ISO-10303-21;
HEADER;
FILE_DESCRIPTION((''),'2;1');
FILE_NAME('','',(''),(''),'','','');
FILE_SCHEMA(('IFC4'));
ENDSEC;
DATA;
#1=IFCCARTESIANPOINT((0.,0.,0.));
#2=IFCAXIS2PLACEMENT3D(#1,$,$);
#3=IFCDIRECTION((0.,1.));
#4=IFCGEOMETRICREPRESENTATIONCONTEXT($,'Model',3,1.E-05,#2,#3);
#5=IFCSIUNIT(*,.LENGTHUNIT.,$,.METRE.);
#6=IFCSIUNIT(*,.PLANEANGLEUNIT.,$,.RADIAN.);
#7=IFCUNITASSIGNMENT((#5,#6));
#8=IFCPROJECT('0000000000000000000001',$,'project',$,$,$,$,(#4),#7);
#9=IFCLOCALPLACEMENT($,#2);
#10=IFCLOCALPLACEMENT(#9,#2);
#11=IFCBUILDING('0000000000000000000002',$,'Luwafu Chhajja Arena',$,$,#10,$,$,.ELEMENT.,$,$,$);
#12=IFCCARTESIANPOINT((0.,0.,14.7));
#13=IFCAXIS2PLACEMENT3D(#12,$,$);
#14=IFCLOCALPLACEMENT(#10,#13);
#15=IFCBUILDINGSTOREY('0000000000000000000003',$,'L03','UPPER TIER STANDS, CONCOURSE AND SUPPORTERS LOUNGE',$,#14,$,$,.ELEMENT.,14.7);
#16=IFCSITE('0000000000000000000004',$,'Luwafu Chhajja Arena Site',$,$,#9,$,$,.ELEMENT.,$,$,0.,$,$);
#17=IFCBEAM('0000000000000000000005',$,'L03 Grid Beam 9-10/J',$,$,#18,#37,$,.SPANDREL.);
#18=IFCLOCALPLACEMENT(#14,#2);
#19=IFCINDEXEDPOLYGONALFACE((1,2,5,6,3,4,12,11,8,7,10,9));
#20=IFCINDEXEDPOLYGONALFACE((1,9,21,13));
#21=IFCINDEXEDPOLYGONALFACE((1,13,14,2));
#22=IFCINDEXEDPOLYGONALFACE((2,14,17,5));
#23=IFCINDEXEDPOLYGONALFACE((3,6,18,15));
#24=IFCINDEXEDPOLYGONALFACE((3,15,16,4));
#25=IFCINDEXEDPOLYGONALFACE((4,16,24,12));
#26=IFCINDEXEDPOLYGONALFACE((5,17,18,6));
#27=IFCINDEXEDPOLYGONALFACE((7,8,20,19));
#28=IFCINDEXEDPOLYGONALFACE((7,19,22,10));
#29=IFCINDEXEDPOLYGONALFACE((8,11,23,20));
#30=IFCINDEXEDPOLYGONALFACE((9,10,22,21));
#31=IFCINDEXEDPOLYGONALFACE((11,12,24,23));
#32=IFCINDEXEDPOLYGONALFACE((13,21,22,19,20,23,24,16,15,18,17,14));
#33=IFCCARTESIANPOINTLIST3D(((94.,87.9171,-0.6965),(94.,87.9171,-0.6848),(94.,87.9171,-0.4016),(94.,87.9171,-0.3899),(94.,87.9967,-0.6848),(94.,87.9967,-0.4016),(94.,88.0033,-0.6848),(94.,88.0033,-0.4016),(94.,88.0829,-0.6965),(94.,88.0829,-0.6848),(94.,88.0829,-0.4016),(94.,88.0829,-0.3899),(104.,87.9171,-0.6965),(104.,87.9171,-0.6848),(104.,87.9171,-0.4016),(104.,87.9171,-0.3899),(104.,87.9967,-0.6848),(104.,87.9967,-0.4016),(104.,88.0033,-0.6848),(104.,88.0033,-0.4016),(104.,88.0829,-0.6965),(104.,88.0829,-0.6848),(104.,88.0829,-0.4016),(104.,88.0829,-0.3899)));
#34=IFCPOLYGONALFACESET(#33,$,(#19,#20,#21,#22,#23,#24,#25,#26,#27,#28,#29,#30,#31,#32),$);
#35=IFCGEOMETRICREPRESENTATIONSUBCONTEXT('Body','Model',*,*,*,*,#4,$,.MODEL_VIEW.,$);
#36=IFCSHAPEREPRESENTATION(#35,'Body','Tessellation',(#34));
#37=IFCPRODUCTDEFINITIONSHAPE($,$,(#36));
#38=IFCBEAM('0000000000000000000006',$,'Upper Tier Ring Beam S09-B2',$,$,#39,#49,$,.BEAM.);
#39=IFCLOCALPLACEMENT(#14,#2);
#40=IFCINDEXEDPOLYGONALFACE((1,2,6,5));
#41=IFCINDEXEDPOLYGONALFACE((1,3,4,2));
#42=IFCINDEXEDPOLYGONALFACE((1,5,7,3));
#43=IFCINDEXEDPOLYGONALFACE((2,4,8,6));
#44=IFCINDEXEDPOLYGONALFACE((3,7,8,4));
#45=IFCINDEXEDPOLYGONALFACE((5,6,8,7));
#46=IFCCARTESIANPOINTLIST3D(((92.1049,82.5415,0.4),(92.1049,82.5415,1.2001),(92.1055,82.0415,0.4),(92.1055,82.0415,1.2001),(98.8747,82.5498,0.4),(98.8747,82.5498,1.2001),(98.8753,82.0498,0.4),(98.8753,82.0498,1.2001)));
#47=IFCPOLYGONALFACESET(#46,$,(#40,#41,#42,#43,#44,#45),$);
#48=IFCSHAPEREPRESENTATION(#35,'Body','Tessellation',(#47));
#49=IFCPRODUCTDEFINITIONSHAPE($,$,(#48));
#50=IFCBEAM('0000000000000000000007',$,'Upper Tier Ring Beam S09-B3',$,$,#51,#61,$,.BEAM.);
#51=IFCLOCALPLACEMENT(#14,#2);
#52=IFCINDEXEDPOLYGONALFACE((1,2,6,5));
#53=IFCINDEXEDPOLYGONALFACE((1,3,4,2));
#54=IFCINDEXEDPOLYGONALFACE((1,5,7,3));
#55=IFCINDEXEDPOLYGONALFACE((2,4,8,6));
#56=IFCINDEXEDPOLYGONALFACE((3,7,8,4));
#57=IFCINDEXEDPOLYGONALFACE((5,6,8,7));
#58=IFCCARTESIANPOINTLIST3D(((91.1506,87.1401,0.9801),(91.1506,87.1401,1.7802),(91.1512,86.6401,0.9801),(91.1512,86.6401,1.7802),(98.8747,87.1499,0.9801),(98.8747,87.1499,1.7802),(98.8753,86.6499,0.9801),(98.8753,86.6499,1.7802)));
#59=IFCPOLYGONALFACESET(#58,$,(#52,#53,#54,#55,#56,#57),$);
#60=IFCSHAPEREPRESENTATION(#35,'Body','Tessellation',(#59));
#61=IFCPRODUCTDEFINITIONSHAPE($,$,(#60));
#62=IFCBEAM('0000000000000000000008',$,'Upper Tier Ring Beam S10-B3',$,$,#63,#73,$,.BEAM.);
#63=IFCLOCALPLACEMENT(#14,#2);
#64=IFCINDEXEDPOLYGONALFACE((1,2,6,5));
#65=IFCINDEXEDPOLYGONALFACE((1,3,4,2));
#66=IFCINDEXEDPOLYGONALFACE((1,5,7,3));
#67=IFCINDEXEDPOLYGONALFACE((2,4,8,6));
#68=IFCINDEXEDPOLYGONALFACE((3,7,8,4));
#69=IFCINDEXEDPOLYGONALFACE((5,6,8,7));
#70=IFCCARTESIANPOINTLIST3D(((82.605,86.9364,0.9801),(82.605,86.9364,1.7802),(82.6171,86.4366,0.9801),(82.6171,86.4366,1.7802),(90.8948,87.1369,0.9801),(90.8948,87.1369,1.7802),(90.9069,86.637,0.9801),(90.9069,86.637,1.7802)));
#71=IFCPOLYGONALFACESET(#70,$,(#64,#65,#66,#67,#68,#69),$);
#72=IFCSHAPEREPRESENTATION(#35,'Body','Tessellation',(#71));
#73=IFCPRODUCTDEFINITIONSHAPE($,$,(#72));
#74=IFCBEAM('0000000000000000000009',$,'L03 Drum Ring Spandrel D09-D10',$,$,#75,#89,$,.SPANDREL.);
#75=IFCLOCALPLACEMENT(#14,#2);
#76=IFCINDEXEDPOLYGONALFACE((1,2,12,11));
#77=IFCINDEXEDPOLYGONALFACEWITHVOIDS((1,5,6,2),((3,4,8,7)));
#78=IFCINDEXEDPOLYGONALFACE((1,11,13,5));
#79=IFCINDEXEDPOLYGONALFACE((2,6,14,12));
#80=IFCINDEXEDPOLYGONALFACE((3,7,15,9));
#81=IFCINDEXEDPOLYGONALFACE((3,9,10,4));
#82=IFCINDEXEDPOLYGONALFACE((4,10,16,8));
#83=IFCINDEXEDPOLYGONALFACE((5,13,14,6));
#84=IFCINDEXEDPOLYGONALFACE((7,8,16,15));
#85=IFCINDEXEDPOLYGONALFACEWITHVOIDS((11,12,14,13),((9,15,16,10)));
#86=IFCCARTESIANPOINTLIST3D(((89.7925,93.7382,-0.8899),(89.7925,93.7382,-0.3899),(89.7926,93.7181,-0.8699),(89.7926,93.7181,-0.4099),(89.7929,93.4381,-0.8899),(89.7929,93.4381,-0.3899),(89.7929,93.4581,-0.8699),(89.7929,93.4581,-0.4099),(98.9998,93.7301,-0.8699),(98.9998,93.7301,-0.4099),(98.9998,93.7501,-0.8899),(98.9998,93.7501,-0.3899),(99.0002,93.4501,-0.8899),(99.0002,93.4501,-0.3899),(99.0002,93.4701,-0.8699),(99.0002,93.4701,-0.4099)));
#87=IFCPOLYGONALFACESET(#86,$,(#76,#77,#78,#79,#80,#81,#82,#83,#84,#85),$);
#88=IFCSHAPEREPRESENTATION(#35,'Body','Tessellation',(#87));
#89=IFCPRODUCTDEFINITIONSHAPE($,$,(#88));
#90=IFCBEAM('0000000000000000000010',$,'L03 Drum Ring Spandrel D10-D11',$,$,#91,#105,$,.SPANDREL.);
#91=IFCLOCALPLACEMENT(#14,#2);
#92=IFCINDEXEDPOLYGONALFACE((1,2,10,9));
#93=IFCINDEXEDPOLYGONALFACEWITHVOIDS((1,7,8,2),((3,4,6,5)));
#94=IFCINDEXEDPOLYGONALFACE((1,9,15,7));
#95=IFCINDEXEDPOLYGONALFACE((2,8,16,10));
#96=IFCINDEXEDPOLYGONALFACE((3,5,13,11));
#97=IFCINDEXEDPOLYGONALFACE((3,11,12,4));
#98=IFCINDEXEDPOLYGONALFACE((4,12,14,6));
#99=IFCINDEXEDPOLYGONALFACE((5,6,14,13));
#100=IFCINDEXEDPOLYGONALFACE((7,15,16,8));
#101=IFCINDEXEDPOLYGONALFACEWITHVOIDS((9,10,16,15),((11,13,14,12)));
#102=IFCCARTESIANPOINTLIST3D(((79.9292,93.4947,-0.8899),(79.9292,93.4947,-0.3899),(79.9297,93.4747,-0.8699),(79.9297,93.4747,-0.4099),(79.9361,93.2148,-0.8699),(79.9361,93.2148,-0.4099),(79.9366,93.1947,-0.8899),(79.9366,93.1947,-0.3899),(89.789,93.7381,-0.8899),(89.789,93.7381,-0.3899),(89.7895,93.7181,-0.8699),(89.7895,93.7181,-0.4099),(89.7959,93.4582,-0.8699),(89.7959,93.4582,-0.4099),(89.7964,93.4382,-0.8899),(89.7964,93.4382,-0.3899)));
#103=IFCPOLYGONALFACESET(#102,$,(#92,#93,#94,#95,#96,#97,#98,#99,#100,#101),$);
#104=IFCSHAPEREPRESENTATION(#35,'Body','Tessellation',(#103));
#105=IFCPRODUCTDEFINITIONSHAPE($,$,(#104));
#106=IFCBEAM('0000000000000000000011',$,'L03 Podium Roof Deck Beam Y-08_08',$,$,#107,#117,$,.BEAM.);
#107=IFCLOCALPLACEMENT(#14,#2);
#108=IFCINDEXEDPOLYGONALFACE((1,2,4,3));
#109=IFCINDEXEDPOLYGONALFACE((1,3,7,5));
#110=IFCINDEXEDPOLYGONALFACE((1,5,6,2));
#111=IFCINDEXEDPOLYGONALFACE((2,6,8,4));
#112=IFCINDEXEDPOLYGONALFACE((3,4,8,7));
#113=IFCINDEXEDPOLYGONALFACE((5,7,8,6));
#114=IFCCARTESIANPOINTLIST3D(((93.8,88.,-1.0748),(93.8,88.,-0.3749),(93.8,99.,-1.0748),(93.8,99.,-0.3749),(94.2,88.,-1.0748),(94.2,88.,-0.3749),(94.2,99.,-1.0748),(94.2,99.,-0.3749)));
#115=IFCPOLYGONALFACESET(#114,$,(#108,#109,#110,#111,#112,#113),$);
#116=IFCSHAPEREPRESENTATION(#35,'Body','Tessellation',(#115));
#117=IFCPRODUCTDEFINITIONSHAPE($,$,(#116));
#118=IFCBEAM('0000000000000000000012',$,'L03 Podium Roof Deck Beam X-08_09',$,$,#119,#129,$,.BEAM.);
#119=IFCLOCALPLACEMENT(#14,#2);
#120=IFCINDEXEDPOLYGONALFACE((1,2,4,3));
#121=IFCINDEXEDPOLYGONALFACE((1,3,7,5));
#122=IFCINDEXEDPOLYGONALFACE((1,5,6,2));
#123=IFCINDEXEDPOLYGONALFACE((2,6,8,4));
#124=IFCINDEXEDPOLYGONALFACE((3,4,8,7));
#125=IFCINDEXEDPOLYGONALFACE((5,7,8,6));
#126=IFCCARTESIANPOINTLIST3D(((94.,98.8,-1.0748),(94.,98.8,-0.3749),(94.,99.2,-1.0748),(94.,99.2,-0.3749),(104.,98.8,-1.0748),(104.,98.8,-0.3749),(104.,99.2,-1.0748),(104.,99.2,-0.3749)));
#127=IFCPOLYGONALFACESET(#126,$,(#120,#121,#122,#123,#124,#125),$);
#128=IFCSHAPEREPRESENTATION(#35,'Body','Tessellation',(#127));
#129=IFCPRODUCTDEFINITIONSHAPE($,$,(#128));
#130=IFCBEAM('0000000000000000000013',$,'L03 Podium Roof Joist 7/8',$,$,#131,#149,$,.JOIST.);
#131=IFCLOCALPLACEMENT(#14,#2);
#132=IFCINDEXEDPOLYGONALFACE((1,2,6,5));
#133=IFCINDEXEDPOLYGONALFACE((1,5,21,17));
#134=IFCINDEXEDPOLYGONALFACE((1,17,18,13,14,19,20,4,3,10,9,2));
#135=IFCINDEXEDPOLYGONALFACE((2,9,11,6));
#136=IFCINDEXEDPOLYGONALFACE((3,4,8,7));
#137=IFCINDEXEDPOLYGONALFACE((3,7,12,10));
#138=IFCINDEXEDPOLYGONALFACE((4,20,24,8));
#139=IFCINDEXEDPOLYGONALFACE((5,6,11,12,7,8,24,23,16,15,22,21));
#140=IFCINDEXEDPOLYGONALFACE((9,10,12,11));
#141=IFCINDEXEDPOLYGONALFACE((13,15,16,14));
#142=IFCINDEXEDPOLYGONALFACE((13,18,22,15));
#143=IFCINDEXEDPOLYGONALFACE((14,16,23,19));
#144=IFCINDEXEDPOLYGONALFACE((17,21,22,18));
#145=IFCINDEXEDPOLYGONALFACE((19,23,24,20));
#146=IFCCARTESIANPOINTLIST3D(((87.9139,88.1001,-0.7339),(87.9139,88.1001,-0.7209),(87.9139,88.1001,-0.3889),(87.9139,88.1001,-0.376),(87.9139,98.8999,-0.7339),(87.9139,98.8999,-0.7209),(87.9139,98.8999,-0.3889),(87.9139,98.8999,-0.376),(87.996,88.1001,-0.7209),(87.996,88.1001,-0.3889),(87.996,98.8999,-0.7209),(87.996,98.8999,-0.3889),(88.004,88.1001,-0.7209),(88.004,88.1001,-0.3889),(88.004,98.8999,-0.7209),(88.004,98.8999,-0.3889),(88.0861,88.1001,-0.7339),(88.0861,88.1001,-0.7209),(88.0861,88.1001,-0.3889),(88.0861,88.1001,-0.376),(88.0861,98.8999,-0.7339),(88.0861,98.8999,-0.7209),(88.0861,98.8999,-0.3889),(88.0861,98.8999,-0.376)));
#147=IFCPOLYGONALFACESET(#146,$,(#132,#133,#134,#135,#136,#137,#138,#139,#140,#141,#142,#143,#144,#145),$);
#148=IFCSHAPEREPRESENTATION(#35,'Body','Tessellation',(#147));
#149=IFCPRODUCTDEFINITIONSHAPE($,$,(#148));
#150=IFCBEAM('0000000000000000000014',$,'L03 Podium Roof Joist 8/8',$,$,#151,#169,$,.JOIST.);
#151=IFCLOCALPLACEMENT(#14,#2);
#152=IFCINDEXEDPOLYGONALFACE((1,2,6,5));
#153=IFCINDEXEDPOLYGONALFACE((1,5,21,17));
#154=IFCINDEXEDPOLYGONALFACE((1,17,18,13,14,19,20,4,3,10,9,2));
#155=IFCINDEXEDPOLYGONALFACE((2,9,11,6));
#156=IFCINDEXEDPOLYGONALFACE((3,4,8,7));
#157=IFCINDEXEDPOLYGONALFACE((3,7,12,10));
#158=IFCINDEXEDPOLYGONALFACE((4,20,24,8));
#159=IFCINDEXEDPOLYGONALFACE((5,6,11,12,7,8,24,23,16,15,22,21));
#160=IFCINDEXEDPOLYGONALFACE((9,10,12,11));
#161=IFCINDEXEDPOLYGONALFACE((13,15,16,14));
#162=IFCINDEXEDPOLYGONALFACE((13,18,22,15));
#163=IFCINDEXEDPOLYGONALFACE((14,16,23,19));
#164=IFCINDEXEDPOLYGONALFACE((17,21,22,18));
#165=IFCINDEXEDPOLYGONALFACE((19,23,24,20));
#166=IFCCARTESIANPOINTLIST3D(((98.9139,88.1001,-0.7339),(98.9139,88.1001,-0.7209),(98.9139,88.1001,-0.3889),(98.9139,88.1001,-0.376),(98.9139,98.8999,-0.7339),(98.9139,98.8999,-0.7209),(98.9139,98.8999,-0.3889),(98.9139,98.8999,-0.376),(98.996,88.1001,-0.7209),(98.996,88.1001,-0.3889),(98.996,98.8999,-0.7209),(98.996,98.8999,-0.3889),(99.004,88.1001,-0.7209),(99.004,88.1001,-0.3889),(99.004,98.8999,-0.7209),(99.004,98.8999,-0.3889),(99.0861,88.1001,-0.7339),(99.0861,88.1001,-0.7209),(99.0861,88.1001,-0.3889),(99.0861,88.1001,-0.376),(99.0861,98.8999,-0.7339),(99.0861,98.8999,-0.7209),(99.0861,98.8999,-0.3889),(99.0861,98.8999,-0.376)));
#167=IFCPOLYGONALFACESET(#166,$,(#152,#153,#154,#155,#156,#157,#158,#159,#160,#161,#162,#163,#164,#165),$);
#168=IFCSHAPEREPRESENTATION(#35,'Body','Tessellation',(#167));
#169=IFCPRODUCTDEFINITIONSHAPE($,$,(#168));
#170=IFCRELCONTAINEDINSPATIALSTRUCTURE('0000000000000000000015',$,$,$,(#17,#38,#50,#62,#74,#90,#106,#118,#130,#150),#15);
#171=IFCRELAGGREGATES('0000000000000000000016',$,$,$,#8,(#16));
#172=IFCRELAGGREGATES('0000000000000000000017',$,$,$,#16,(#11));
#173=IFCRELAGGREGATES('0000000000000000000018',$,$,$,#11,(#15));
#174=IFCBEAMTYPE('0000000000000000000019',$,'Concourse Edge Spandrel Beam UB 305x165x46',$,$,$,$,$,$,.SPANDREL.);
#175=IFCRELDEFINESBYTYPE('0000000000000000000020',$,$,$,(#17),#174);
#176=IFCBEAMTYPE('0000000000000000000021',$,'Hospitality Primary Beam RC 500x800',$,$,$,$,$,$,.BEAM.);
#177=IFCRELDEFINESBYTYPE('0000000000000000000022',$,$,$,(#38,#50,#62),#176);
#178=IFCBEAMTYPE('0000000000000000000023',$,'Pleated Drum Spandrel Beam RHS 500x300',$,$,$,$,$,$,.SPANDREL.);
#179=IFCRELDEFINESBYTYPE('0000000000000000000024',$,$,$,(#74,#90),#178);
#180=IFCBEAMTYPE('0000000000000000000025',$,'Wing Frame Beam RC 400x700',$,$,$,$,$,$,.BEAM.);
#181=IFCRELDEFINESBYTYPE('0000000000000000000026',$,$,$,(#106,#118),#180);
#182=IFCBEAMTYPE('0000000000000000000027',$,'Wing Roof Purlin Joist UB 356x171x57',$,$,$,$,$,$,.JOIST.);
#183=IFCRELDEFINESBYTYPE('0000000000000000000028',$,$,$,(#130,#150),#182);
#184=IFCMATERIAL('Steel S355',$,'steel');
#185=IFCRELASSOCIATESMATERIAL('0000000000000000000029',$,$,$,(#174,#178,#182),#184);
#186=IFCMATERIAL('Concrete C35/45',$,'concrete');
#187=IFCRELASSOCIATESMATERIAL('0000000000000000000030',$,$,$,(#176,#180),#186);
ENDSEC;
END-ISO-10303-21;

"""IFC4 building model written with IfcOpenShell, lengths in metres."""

from ifc_helpers import new_model, si_unit, direction, frame, origin, origin_2d, place, context, subcontext, project, spatial, rectangle, hollow_rectangle, i_section, extrude, material, material_profile, profile_set, type_object, element, save


model = new_model("IFC4")

# Units and contexts
model_context = context("Model", 3, precision=1e-05, world=origin(), true_north=direction((0.0, 1.0)))
body_context = subcontext(model_context, "Body", "Model", "MODEL_VIEW")
ifc_project = project(units=[si_unit("LENGTHUNIT", "METRE"), si_unit("PLANEANGLEUNIT", "RADIAN")], contexts=[model_context])

# Site, building, storey
site_placement = place(None, origin())
site = spatial("IfcSite", under=ifc_project, at=site_placement, Name="Luwafu Chhajja Arena Site", CompositionType="ELEMENT", RefElevation=0.0)
building_placement = place(site_placement, origin())
building = spatial("IfcBuilding", under=site, at=building_placement, Name="Luwafu Chhajja Arena", CompositionType="ELEMENT")
storey_placement = place(building_placement, frame((0.0, 0.0, 14.7)))
storey = spatial("IfcBuildingStorey", under=building, at=storey_placement, Name="L03", Description="UPPER TIER STANDS, CONCOURSE AND SUPPORTERS LOUNGE", CompositionType="ELEMENT", Elevation=14.7)

# Shared definitions
ifc_material_1 = material(Name="Concrete C35/45", Category="concrete")
ifc_material_2 = material(Name="Steel S355", Category="steel")

# Beams
ifc_material_profile_1 = material_profile(ifc_material_2, i_section(OverallWidth=0.1658, OverallDepth=0.3066, WebThickness=0.0066, FlangeThickness=0.0117, at=origin_2d()), Name="UB 305x165x46")
ifc_profile_set_1 = profile_set([ifc_material_profile_1], Name="Steel S355")
beam_type_1 = type_object("IfcBeamType", Name="Concourse Edge Spandrel Beam UB 305x165x46", PredefinedType="SPANDREL", material=ifc_profile_set_1)
beam_1_placement = place(storey_placement, frame((94.0, 88.0, -0.5432), z_axis=(1.0, 0.0, 0.0), x_axis=(0.0, 1.0, 0.0)))
element("IfcBeam", 1, at=beam_1_placement, inside=storey, type_object=beam_type_1, Name="L03 Grid Beam 9-10/J", PredefinedType="SPANDREL", context=body_context, shape_type="SweptSolid", body=[
    extrude(i_section(OverallWidth=0.1658, OverallDepth=0.3066, WebThickness=0.0066, FlangeThickness=0.0117, at=origin_2d()), origin(), (0.0, 0.0, 1.0), 10.0),
])
ifc_material_profile_2 = material_profile(ifc_material_1, rectangle(XDim=0.5, YDim=0.8, at=origin_2d()), Name="RC 500x800")
ifc_profile_set_2 = profile_set([ifc_material_profile_2], Name="Concrete C35/45")
beam_type_2 = type_object("IfcBeamType", Name="Hospitality Primary Beam RC 500x800", PredefinedType="BEAM", material=ifc_profile_set_2)
beam_2_placement = place(storey_placement, frame((98.875, 82.2998, 0.8), z_axis=(-0.999999, -0.001226, 0.0), x_axis=(0.001226, -0.999999, 0.0)))
element("IfcBeam", 2, at=beam_2_placement, inside=storey, type_object=beam_type_2, Name="Upper Tier Ring Beam S09-B2", PredefinedType="BEAM", context=body_context, shape_type="SweptSolid", body=[
    extrude(rectangle(XDim=0.5, YDim=0.8, at=origin_2d()), origin(), (0.0, 0.0, 1.0), 6.7698),
])
beam_3_placement = place(storey_placement, frame((98.875, 86.8999, 1.3801), z_axis=(-0.999999, -0.001264, 0.0), x_axis=(0.001264, -0.999999, 0.0)))
element("IfcBeam", 3, at=beam_3_placement, inside=storey, type_object=beam_type_2, Name="Upper Tier Ring Beam S09-B3", PredefinedType="BEAM", context=body_context, shape_type="SweptSolid", body=[
    extrude(rectangle(XDim=0.5, YDim=0.8, at=origin_2d()), origin(), (0.0, 0.0, 1.0), 7.7241),
])
beam_4_placement = place(storey_placement, frame((90.9009, 86.887, 1.3801), z_axis=(-0.999708, -0.024172, 0.0), x_axis=(0.024172, -0.999708, 0.0)))
element("IfcBeam", 4, at=beam_4_placement, inside=storey, type_object=beam_type_2, Name="Upper Tier Ring Beam S10-B3", PredefinedType="BEAM", context=body_context, shape_type="SweptSolid", body=[
    extrude(rectangle(XDim=0.5, YDim=0.8, at=origin_2d()), origin(), (0.0, 0.0, 1.0), 8.2922),
])
ifc_material_profile_3 = material_profile(ifc_material_2, hollow_rectangle(XDim=0.3, YDim=0.5, WallThickness=0.02, at=origin_2d()), Name="RHS 500x300x20")
ifc_profile_set_3 = profile_set([ifc_material_profile_3], Name="Steel S355")
beam_type_3 = type_object("IfcBeamType", Name="Pleated Drum Spandrel Beam RHS 500x300", PredefinedType="SPANDREL", material=ifc_profile_set_3)
beam_5_placement = place(storey_placement, frame((99.0, 93.6001, -0.6399), z_axis=(-0.999999, -0.001299, 0.0), x_axis=(0.001299, -0.999999, 0.0)))
element("IfcBeam", 5, at=beam_5_placement, inside=storey, type_object=beam_type_3, Name="L03 Drum Ring Spandrel D09-D10", PredefinedType="SPANDREL", context=body_context, shape_type="SweptSolid", body=[
    extrude(hollow_rectangle(XDim=0.3, YDim=0.5, WallThickness=0.02, at=origin_2d()), origin(), (0.0, 0.0, 1.0), 9.2073),
])
beam_6_placement = place(storey_placement, frame((89.7927, 93.5881, -0.6399), z_axis=(-0.999695, -0.024679, 0.0), x_axis=(0.024679, -0.999695, 0.0)))
element("IfcBeam", 6, at=beam_6_placement, inside=storey, type_object=beam_type_3, Name="L03 Drum Ring Spandrel D10-D11", PredefinedType="SPANDREL", context=body_context, shape_type="SweptSolid", body=[
    extrude(hollow_rectangle(XDim=0.3, YDim=0.5, WallThickness=0.02, at=origin_2d()), origin(), (0.0, 0.0, 1.0), 9.8628),
])
ifc_material_profile_4 = material_profile(ifc_material_1, rectangle(XDim=0.3999, YDim=0.7, at=origin_2d()), Name="RC 400x700")
ifc_profile_set_4 = profile_set([ifc_material_profile_4], Name="Concrete C35/45")
beam_type_4 = type_object("IfcBeamType", Name="Wing Frame Beam RC 400x700", PredefinedType="BEAM", material=ifc_profile_set_4)
beam_7_placement = place(storey_placement, frame((94.0, 88.0, -0.7249), z_axis=(0.0, 1.0, 0.0), x_axis=(-1.0, 0.0, 0.0)))
element("IfcBeam", 7, at=beam_7_placement, inside=storey, type_object=beam_type_4, Name="L03 Podium Roof Deck Beam Y-08_08", PredefinedType="BEAM", context=body_context, shape_type="SweptSolid", body=[
    extrude(rectangle(XDim=0.3999, YDim=0.7, at=origin_2d()), origin(), (0.0, 0.0, 1.0), 11.0),
])
beam_8_placement = place(storey_placement, frame((94.0, 99.0, -0.7249), z_axis=(1.0, 0.0, 0.0), x_axis=(0.0, 1.0, 0.0)))
element("IfcBeam", 8, at=beam_8_placement, inside=storey, type_object=beam_type_4, Name="L03 Podium Roof Deck Beam X-08_09", PredefinedType="BEAM", context=body_context, shape_type="SweptSolid", body=[
    extrude(rectangle(XDim=0.3999, YDim=0.7, at=origin_2d()), origin(), (0.0, 0.0, 1.0), 10.0),
])
ifc_material_profile_5 = material_profile(ifc_material_2, i_section(OverallWidth=0.1721, OverallDepth=0.3579, WebThickness=0.0081, FlangeThickness=0.0129, at=origin_2d()), Name="UB 356x171x57")
ifc_profile_set_5 = profile_set([ifc_material_profile_5], Name="Steel S355")
beam_type_5 = type_object("IfcBeamType", Name="Wing Roof Purlin Joist UB 356x171x57", PredefinedType="JOIST", material=ifc_profile_set_5)
for number, where, z_axis, x_axis, name in (
    (9, (88.0, 88.1001, -0.5549), (0.0, 1.0, 0.0), (-1.0, 0.0, 0.0), "L03 Podium Roof Joist 7/8"),
    (10, (99.0, 88.1001, -0.5549), (0.0, 1.0, 0.0), (-1.0, 0.0, 0.0), "L03 Podium Roof Joist 8/8"),
):
    element("IfcBeam", number, at=place(storey_placement, frame(where, z_axis=z_axis, x_axis=x_axis)), inside=storey, type_object=beam_type_5, Name=name, PredefinedType="JOIST", context=body_context, shape_type="SweptSolid", body=[
        extrude(i_section(OverallWidth=0.1721, OverallDepth=0.3579, WebThickness=0.0081, FlangeThickness=0.0129, at=origin_2d()), origin(), (0.0, 0.0, 1.0), 10.7998),
    ])

save(model, "model.ifc")
